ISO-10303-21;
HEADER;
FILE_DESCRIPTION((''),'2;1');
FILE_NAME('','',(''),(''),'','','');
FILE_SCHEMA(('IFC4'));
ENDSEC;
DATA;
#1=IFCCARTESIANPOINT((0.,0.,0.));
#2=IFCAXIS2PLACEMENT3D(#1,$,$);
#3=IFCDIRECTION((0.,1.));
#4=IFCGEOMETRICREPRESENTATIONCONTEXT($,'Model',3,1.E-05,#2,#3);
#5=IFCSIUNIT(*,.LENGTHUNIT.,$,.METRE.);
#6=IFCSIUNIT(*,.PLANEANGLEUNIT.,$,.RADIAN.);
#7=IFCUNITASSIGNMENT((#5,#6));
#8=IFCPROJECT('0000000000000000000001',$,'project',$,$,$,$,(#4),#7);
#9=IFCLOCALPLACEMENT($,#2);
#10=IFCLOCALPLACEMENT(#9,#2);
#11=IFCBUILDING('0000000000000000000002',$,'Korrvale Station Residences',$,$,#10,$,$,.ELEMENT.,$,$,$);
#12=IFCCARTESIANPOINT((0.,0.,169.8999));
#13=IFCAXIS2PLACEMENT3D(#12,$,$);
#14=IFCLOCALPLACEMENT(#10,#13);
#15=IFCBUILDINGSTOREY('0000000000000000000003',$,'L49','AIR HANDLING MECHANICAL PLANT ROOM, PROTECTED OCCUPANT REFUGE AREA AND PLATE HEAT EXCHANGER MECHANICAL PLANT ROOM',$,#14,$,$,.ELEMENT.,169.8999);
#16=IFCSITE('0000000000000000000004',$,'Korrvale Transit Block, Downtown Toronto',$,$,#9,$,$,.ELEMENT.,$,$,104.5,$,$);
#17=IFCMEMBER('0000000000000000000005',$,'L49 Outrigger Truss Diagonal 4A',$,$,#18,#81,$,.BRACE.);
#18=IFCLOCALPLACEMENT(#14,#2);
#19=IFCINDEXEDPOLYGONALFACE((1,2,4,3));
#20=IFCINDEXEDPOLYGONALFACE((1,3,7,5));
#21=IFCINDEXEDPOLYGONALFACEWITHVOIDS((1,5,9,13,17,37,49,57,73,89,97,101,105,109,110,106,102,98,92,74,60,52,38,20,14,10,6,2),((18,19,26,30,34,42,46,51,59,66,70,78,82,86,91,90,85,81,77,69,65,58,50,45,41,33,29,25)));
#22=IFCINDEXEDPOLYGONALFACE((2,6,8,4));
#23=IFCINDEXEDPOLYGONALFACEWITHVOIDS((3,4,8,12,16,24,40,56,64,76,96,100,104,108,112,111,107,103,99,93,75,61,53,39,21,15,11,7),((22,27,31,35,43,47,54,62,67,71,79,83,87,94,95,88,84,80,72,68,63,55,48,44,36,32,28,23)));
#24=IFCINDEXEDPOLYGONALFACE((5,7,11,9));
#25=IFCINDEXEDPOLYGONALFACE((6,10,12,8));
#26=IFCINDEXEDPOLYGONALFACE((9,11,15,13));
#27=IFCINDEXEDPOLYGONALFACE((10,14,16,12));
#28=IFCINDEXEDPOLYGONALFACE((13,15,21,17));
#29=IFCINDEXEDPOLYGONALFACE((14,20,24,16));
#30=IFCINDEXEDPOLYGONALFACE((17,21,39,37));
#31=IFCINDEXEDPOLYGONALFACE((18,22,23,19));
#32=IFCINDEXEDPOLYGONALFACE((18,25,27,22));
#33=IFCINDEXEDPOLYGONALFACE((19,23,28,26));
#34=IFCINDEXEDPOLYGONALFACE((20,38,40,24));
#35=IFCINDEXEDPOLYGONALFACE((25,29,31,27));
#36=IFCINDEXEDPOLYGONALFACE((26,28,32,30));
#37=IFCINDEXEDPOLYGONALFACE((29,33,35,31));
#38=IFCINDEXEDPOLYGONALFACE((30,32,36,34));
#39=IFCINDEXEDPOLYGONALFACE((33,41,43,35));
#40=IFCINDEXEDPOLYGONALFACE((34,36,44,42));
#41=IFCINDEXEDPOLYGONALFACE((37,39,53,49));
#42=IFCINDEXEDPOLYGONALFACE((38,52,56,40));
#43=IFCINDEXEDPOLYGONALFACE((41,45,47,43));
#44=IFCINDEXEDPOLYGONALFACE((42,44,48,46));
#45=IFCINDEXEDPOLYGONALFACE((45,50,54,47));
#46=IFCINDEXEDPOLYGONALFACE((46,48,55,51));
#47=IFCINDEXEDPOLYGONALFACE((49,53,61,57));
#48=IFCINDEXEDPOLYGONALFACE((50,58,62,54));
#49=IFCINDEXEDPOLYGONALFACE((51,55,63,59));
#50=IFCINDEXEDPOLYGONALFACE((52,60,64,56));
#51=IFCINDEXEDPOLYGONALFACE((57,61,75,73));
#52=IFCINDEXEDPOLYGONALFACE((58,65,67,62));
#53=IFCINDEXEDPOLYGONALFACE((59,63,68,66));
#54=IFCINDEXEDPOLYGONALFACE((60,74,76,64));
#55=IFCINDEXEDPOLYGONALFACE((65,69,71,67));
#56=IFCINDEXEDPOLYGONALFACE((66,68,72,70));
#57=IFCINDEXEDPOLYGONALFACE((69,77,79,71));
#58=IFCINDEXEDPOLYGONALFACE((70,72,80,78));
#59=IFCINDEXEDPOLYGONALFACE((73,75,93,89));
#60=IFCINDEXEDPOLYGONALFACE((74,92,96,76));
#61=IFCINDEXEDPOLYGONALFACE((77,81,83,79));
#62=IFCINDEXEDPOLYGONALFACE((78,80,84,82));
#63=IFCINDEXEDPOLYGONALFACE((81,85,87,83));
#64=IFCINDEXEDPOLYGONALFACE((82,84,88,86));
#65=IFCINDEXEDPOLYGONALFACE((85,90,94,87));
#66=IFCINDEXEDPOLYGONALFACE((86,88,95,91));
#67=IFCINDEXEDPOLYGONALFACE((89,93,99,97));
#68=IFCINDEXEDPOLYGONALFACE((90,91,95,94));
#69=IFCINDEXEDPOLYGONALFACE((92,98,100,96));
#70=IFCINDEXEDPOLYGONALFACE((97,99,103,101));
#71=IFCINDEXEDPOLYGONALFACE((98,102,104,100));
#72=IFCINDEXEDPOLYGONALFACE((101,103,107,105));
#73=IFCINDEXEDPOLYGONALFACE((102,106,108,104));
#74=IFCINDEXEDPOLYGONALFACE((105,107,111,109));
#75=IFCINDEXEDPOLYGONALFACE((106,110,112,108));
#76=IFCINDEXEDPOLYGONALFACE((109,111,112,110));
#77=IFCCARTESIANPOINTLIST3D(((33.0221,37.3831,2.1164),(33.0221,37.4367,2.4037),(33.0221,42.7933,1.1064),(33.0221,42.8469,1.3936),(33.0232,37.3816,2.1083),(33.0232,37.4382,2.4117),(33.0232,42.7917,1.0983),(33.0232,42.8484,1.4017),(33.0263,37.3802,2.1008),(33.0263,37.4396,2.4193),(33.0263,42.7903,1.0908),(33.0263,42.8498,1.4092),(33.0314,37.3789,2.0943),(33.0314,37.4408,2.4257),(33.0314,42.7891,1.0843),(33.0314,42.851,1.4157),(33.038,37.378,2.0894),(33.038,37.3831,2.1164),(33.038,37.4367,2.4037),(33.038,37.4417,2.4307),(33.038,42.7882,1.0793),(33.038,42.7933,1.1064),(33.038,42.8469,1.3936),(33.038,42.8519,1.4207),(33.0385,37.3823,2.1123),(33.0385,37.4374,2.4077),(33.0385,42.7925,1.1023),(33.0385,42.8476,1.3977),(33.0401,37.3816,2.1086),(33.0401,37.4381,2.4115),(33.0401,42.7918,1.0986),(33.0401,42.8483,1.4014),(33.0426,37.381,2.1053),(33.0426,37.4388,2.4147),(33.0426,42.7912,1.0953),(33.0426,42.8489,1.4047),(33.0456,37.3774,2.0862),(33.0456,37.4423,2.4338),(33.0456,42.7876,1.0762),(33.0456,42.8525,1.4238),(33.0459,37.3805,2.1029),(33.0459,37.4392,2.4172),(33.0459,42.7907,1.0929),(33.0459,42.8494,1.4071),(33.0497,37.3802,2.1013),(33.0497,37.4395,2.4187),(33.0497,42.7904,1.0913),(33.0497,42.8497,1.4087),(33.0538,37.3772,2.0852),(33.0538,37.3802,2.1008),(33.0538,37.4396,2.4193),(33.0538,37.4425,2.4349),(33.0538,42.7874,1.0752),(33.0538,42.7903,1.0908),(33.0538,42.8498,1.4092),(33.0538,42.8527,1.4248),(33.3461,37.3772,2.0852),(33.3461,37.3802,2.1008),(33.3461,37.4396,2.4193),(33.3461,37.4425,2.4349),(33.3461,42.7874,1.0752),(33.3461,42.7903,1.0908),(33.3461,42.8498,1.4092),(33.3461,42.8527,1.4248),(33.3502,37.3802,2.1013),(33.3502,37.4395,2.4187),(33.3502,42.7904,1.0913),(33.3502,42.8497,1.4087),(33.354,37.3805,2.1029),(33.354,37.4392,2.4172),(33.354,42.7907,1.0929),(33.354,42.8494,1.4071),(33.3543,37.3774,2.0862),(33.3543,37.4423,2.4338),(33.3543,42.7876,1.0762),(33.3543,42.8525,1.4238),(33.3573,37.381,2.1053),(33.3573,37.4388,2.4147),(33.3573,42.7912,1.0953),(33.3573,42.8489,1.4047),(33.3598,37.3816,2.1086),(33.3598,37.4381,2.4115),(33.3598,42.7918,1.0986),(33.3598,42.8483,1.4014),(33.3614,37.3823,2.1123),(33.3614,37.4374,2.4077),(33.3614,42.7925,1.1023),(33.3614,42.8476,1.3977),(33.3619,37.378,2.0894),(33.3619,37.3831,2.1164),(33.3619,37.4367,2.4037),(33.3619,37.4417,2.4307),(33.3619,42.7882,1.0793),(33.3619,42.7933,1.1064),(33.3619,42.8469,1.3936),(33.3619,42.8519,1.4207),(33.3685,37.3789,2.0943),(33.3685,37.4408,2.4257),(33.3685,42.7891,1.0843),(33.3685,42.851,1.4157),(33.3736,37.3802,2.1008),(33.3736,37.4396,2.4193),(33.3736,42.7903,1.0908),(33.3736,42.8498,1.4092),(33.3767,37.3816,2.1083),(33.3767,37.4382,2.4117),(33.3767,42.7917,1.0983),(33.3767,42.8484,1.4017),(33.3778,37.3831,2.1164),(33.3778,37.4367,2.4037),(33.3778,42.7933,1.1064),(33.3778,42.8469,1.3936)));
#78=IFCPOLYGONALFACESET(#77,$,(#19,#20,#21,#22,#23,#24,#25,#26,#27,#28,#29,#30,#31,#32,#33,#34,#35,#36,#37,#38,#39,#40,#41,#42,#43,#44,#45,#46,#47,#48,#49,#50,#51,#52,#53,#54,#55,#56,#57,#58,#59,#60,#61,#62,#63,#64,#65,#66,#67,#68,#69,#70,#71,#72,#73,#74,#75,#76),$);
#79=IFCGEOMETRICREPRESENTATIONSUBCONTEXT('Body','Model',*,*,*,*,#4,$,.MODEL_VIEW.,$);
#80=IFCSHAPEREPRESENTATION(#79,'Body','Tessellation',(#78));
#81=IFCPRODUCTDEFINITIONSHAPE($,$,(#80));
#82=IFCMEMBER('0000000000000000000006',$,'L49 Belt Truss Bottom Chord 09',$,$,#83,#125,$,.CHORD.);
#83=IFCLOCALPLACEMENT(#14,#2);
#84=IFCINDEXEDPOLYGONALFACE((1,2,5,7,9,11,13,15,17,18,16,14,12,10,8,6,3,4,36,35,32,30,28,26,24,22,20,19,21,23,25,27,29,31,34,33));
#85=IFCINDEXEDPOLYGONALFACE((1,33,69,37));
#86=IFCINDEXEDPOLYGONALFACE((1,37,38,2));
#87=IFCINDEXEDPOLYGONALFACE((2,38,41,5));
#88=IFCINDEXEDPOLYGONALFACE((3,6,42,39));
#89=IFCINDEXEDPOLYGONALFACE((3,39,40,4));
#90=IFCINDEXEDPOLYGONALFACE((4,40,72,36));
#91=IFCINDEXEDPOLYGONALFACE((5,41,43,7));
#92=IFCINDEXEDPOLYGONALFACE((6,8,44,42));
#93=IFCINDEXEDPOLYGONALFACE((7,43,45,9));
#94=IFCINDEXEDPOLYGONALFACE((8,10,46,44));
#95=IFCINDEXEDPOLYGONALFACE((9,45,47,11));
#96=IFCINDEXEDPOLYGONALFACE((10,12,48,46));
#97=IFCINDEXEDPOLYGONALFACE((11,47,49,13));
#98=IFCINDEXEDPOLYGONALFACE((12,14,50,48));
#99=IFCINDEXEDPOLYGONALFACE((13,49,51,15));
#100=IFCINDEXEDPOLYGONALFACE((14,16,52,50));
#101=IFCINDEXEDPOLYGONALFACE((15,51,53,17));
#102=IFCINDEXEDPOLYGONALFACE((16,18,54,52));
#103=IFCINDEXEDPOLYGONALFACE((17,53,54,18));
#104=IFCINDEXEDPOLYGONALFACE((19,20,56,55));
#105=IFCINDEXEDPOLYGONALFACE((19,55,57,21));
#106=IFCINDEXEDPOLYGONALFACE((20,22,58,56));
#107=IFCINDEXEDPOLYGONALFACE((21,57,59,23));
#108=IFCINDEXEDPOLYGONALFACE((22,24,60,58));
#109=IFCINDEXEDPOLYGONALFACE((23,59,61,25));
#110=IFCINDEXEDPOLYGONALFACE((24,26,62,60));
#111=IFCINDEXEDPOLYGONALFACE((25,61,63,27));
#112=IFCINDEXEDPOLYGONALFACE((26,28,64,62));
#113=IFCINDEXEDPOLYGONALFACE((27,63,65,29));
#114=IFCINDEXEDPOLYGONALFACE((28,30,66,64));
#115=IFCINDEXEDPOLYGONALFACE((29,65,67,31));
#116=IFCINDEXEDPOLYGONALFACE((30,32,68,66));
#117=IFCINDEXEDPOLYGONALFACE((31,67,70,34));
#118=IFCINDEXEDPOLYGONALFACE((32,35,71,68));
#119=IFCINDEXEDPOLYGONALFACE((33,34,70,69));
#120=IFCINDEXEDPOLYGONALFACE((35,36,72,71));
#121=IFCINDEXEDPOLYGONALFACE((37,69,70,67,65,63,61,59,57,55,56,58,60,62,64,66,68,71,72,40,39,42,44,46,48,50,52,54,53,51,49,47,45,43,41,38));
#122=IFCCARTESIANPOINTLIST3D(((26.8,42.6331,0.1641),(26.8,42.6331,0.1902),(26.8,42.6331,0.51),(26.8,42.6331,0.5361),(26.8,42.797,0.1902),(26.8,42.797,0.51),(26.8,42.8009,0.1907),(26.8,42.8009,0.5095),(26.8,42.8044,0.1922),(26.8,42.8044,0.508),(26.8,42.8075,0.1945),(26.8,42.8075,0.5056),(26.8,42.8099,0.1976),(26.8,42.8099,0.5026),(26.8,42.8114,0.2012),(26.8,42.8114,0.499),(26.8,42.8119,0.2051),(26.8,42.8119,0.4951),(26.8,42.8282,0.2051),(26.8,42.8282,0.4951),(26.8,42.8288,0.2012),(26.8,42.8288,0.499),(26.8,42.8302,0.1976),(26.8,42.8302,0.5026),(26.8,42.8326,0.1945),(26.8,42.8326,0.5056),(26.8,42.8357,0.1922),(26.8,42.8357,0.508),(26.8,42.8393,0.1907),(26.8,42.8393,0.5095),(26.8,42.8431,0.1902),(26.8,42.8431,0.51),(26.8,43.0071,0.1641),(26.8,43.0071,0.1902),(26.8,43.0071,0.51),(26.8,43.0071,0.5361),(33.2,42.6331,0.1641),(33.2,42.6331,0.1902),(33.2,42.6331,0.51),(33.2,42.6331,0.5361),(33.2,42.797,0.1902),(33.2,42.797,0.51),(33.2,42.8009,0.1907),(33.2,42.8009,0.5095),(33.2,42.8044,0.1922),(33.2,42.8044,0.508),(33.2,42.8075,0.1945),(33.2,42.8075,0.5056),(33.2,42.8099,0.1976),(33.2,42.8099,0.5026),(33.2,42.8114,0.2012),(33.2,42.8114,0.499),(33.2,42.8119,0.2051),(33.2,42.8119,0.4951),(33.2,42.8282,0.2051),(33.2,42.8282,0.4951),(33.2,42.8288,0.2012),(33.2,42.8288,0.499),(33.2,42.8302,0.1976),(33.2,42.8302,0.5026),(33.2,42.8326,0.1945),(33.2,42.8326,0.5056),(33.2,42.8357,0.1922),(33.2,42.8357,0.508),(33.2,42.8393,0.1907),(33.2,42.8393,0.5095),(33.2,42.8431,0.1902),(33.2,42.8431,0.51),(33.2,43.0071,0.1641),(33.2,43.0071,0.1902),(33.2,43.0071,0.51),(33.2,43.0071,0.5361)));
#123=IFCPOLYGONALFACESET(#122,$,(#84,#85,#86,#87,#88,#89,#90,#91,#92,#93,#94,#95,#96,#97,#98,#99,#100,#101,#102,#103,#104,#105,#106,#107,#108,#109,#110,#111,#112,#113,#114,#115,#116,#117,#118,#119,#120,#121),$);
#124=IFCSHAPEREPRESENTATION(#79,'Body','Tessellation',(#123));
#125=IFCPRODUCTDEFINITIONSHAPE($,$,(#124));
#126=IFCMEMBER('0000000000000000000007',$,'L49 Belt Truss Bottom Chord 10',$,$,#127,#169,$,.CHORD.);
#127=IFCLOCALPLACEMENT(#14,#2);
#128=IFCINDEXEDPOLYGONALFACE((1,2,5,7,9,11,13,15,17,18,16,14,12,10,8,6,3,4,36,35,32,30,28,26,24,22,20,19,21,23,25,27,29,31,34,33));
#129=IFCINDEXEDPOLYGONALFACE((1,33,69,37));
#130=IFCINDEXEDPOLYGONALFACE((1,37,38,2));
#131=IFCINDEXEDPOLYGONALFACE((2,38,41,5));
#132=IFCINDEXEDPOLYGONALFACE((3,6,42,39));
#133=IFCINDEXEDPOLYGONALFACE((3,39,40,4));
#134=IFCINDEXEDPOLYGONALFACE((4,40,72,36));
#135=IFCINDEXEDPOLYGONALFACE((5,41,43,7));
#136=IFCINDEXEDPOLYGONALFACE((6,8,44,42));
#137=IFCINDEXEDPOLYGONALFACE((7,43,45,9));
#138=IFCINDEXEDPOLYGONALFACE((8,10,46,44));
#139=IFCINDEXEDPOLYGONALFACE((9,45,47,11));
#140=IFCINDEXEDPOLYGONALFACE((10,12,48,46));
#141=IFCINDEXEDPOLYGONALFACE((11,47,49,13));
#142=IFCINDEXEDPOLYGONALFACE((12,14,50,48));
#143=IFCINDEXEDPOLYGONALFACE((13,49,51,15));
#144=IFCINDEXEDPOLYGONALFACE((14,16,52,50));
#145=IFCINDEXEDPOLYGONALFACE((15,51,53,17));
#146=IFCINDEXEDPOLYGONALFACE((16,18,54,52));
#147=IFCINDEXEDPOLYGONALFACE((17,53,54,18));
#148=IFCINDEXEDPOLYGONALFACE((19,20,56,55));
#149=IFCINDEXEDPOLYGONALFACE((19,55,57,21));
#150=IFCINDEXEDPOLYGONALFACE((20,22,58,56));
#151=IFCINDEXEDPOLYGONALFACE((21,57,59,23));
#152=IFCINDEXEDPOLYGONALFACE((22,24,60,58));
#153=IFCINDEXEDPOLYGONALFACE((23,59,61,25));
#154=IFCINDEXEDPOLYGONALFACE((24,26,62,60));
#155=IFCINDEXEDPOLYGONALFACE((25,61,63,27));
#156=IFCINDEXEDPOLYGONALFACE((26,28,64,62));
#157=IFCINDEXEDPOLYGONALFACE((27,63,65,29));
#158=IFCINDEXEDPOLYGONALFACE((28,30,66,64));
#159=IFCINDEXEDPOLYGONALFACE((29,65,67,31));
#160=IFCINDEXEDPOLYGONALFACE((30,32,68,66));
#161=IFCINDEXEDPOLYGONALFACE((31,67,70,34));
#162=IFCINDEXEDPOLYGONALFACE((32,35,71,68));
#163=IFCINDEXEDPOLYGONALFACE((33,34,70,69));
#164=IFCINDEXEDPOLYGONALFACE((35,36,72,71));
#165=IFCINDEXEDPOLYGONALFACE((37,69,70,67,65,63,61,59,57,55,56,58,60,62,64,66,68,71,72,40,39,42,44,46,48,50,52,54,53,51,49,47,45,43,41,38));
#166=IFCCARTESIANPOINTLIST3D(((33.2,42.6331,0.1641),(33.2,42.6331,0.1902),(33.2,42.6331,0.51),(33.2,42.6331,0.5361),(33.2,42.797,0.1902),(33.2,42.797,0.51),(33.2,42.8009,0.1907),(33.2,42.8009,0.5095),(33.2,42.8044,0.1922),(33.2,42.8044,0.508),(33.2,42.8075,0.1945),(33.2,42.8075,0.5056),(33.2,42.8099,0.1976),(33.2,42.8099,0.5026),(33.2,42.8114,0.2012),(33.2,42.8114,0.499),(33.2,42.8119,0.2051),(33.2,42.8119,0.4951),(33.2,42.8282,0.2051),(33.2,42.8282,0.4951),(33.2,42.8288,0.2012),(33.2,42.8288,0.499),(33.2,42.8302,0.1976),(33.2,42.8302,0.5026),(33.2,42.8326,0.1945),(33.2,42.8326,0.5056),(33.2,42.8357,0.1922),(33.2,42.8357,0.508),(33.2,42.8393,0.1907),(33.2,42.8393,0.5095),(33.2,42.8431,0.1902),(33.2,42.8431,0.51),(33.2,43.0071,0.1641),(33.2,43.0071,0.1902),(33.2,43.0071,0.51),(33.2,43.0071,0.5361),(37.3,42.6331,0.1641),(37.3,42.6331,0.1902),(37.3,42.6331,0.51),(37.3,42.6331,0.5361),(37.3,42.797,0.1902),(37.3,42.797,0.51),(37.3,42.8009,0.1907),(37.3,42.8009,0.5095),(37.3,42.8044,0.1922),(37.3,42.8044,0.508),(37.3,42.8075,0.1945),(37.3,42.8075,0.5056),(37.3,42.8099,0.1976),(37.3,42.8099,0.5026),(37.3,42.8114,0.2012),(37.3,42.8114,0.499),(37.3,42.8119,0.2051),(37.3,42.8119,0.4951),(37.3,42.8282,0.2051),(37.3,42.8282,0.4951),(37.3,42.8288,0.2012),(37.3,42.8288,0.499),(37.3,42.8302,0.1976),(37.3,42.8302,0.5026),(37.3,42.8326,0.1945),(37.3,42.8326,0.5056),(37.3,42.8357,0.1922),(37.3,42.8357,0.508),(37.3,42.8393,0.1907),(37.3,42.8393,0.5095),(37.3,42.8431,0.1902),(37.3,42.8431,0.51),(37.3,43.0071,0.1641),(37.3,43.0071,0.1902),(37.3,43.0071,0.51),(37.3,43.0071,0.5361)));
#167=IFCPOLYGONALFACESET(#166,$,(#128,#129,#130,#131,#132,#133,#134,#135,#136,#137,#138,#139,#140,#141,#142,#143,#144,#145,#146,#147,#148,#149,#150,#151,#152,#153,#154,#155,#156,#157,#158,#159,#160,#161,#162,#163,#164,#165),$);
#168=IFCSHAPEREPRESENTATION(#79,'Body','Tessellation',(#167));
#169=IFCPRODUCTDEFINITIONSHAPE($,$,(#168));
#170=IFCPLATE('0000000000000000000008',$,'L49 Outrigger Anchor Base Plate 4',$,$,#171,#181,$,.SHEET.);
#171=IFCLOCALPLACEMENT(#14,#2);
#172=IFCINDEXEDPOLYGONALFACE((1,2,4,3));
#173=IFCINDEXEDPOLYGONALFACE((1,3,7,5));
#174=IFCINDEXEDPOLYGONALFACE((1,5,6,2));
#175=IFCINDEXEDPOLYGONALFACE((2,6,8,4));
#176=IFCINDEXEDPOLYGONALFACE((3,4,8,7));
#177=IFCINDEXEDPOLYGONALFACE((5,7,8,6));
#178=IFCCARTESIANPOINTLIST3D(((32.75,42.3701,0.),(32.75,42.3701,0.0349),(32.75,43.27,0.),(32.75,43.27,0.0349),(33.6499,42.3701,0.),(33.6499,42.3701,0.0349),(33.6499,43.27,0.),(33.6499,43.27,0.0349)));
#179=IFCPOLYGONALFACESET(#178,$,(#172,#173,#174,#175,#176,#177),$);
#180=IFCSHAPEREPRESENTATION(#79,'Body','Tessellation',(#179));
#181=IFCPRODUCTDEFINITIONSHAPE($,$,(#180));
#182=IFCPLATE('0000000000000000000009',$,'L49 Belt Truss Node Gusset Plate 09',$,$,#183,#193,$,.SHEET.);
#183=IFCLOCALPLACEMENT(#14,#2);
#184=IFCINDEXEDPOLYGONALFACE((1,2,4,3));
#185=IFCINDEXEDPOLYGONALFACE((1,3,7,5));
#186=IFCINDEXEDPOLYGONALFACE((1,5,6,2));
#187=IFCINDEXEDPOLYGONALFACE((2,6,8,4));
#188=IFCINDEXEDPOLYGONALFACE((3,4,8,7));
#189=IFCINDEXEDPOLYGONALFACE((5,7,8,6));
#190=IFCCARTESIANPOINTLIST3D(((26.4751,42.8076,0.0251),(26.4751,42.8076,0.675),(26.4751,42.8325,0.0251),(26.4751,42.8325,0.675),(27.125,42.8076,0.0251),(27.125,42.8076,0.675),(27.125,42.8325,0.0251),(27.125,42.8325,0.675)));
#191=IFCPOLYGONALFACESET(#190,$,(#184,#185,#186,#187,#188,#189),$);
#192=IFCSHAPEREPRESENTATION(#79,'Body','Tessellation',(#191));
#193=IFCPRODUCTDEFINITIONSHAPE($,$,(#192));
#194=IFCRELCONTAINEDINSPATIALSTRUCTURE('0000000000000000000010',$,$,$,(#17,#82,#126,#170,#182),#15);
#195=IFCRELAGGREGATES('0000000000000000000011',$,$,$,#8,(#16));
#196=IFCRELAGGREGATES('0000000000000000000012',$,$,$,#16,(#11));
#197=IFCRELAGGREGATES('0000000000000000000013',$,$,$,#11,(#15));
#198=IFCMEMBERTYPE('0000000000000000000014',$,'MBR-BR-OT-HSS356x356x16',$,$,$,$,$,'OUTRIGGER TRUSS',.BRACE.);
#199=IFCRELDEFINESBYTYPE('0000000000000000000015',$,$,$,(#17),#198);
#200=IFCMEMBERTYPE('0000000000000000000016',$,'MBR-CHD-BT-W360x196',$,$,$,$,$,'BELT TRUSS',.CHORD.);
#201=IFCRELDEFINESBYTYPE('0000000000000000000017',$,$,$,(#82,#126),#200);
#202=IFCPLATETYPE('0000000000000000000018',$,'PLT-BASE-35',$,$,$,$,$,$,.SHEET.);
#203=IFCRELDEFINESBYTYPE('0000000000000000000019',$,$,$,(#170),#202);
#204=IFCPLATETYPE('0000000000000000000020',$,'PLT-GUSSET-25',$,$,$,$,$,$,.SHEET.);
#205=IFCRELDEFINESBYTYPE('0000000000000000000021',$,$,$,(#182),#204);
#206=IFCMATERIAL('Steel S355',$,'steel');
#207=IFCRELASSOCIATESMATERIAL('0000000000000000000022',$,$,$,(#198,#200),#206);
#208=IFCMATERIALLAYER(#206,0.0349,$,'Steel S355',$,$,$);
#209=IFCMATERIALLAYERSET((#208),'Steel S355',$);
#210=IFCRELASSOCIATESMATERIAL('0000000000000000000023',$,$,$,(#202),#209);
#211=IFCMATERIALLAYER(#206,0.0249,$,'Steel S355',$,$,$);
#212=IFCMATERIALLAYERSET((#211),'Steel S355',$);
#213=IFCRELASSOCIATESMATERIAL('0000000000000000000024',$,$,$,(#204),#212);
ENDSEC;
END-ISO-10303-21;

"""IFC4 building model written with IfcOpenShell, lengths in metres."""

from ifc_helpers import new_model, si_unit, direction, frame, origin, origin_2d, place, context, subcontext, project, spatial, rectangle, hollow_rectangle, i_section, extrude, material, layer, layer_set, material_profile, profile_set, type_object, element, save


model = new_model("IFC4")

# Units and contexts
model_context = context("Model", 3, precision=1e-05, world=origin(), true_north=direction((0.0, 1.0)))
body_context = subcontext(model_context, "Body", "Model", "MODEL_VIEW")
ifc_project = project(units=[si_unit("LENGTHUNIT", "METRE"), si_unit("PLANEANGLEUNIT", "RADIAN")], contexts=[model_context])

# Site, building, storey
site_placement = place(None, origin())
site = spatial("IfcSite", under=ifc_project, at=site_placement, Name="Korrvale Transit Block, Downtown Toronto", CompositionType="ELEMENT", RefElevation=104.5)
building_placement = place(site_placement, origin())
building = spatial("IfcBuilding", under=site, at=building_placement, Name="Korrvale Station Residences", CompositionType="ELEMENT")
storey_placement = place(building_placement, frame((0.0, 0.0, 169.8999)))
storey = spatial("IfcBuildingStorey", under=building, at=storey_placement, Name="L49", Description="AIR HANDLING MECHANICAL PLANT ROOM, PROTECTED OCCUPANT REFUGE AREA AND PLATE HEAT EXCHANGER MECHANICAL PLANT ROOM", CompositionType="ELEMENT", Elevation=169.8999)

# Members
ifc_material_1 = material(Name="Steel S355", Category="steel")
ifc_material_profile_1 = material_profile(ifc_material_1, hollow_rectangle(XDim=0.3557, YDim=0.3557, WallThickness=0.0159, InnerFilletRadius=0.0159, OuterFilletRadius=0.0317, at=origin_2d()), Name="HSS356x356x16")
ifc_profile_set_1 = profile_set([ifc_material_profile_1], Name="Steel S355")
member_type_1 = type_object("IfcMemberType", Name="MBR-BR-OT-HSS356x356x16", ElementType="OUTRIGGER TRUSS", PredefinedType="BRACE", material=ifc_profile_set_1)
member_1_placement = place(storey_placement, frame((33.2, 42.8201, 1.25), z_axis=(0.0, -0.983017, 0.183517), x_axis=(1.0, 0.0, 0.0)))
element("IfcMember", 1, at=member_1_placement, inside=storey, type_object=member_type_1, Name="L49 Outrigger Truss Diagonal 4A", PredefinedType="BRACE", context=body_context, shape_type="SweptSolid", body=[
    extrude(hollow_rectangle(XDim=0.3557, YDim=0.3557, WallThickness=0.0159, InnerFilletRadius=0.0159, OuterFilletRadius=0.0317, at=origin_2d()), origin(), (0.0, 0.0, 1.0), 5.5037),
])
ifc_material_profile_2 = material_profile(ifc_material_1, i_section(OverallWidth=0.374, OverallDepth=0.3721, WebThickness=0.0164, FlangeThickness=0.0261, FilletRadius=0.0149, at=origin_2d()), Name="W360x196")
ifc_profile_set_2 = profile_set([ifc_material_profile_2], Name="Steel S355")
member_type_2 = type_object("IfcMemberType", Name="MBR-CHD-BT-W360x196", ElementType="BELT TRUSS", PredefinedType="CHORD", material=ifc_profile_set_2)
member_2_placement = place(storey_placement, frame((26.8, 42.8201, 0.3501), z_axis=(1.0, 0.0, 0.0), x_axis=(0.0, 1.0, 0.0)))
element("IfcMember", 2, at=member_2_placement, inside=storey, type_object=member_type_2, Name="L49 Belt Truss Bottom Chord 09", PredefinedType="CHORD", context=body_context, shape_type="SweptSolid", body=[
    extrude(i_section(OverallWidth=0.374, OverallDepth=0.3721, WebThickness=0.0164, FlangeThickness=0.0261, FilletRadius=0.0149, at=origin_2d()), origin(), (0.0, 0.0, 1.0), 6.3999),
])
member_3_placement = place(storey_placement, frame((33.2, 42.8201, 0.3501), z_axis=(1.0, 0.0, 0.0), x_axis=(0.0, 1.0, 0.0)))
element("IfcMember", 3, at=member_3_placement, inside=storey, type_object=member_type_2, Name="L49 Belt Truss Bottom Chord 10", PredefinedType="CHORD", context=body_context, shape_type="SweptSolid", body=[
    extrude(i_section(OverallWidth=0.374, OverallDepth=0.3721, WebThickness=0.0164, FlangeThickness=0.0261, FilletRadius=0.0149, at=origin_2d()), origin(), (0.0, 0.0, 1.0), 4.1001),
])

# Plates
ifc_layer_1 = layer(ifc_material_1, 0.0349, Name="Steel S355")
ifc_layer_set_1 = layer_set([ifc_layer_1], Name="Steel S355")
plate_type_1 = type_object("IfcPlateType", Name="PLT-BASE-35", PredefinedType="SHEET", material=ifc_layer_set_1)
plate_placement = place(storey_placement, frame((33.2, 42.8201, 0.0), z_axis=(0.0, 0.0, 1.0), x_axis=(1.0, 0.0, 0.0)))
element("IfcPlate", 4, at=plate_placement, inside=storey, type_object=plate_type_1, Name="L49 Outrigger Anchor Base Plate 4", PredefinedType="SHEET", context=body_context, shape_type="SweptSolid", body=[
    extrude(rectangle(XDim=0.8999, YDim=0.8999, at=origin_2d()), origin(), (0.0, 0.0, 1.0), 0.0349),
])
ifc_layer_2 = layer(ifc_material_1, 0.0249, Name="Steel S355")
ifc_layer_set_2 = layer_set([ifc_layer_2], Name="Steel S355")
plate_type_2 = type_object("IfcPlateType", Name="PLT-GUSSET-25", PredefinedType="SHEET", material=ifc_layer_set_2)
for number, where, z_axis, x_axis, name in (
    (5, (26.8, 42.8201, 0.0251), (0.0, 0.0, 1.0), (1.0, 0.0, 0.0), "L49 Belt Truss Node Gusset Plate 09"),
):
    element("IfcPlate", number, at=place(storey_placement, frame(where, z_axis=z_axis, x_axis=x_axis)), inside=storey, type_object=plate_type_2, Name=name, PredefinedType="SHEET", context=body_context, shape_type="SweptSolid", body=[
        extrude(rectangle(XDim=0.6499, YDim=0.0249, at=origin_2d()), origin(), (0.0, 0.0, 1.0), 0.6499),
    ])

save(model, "model.ifc")
